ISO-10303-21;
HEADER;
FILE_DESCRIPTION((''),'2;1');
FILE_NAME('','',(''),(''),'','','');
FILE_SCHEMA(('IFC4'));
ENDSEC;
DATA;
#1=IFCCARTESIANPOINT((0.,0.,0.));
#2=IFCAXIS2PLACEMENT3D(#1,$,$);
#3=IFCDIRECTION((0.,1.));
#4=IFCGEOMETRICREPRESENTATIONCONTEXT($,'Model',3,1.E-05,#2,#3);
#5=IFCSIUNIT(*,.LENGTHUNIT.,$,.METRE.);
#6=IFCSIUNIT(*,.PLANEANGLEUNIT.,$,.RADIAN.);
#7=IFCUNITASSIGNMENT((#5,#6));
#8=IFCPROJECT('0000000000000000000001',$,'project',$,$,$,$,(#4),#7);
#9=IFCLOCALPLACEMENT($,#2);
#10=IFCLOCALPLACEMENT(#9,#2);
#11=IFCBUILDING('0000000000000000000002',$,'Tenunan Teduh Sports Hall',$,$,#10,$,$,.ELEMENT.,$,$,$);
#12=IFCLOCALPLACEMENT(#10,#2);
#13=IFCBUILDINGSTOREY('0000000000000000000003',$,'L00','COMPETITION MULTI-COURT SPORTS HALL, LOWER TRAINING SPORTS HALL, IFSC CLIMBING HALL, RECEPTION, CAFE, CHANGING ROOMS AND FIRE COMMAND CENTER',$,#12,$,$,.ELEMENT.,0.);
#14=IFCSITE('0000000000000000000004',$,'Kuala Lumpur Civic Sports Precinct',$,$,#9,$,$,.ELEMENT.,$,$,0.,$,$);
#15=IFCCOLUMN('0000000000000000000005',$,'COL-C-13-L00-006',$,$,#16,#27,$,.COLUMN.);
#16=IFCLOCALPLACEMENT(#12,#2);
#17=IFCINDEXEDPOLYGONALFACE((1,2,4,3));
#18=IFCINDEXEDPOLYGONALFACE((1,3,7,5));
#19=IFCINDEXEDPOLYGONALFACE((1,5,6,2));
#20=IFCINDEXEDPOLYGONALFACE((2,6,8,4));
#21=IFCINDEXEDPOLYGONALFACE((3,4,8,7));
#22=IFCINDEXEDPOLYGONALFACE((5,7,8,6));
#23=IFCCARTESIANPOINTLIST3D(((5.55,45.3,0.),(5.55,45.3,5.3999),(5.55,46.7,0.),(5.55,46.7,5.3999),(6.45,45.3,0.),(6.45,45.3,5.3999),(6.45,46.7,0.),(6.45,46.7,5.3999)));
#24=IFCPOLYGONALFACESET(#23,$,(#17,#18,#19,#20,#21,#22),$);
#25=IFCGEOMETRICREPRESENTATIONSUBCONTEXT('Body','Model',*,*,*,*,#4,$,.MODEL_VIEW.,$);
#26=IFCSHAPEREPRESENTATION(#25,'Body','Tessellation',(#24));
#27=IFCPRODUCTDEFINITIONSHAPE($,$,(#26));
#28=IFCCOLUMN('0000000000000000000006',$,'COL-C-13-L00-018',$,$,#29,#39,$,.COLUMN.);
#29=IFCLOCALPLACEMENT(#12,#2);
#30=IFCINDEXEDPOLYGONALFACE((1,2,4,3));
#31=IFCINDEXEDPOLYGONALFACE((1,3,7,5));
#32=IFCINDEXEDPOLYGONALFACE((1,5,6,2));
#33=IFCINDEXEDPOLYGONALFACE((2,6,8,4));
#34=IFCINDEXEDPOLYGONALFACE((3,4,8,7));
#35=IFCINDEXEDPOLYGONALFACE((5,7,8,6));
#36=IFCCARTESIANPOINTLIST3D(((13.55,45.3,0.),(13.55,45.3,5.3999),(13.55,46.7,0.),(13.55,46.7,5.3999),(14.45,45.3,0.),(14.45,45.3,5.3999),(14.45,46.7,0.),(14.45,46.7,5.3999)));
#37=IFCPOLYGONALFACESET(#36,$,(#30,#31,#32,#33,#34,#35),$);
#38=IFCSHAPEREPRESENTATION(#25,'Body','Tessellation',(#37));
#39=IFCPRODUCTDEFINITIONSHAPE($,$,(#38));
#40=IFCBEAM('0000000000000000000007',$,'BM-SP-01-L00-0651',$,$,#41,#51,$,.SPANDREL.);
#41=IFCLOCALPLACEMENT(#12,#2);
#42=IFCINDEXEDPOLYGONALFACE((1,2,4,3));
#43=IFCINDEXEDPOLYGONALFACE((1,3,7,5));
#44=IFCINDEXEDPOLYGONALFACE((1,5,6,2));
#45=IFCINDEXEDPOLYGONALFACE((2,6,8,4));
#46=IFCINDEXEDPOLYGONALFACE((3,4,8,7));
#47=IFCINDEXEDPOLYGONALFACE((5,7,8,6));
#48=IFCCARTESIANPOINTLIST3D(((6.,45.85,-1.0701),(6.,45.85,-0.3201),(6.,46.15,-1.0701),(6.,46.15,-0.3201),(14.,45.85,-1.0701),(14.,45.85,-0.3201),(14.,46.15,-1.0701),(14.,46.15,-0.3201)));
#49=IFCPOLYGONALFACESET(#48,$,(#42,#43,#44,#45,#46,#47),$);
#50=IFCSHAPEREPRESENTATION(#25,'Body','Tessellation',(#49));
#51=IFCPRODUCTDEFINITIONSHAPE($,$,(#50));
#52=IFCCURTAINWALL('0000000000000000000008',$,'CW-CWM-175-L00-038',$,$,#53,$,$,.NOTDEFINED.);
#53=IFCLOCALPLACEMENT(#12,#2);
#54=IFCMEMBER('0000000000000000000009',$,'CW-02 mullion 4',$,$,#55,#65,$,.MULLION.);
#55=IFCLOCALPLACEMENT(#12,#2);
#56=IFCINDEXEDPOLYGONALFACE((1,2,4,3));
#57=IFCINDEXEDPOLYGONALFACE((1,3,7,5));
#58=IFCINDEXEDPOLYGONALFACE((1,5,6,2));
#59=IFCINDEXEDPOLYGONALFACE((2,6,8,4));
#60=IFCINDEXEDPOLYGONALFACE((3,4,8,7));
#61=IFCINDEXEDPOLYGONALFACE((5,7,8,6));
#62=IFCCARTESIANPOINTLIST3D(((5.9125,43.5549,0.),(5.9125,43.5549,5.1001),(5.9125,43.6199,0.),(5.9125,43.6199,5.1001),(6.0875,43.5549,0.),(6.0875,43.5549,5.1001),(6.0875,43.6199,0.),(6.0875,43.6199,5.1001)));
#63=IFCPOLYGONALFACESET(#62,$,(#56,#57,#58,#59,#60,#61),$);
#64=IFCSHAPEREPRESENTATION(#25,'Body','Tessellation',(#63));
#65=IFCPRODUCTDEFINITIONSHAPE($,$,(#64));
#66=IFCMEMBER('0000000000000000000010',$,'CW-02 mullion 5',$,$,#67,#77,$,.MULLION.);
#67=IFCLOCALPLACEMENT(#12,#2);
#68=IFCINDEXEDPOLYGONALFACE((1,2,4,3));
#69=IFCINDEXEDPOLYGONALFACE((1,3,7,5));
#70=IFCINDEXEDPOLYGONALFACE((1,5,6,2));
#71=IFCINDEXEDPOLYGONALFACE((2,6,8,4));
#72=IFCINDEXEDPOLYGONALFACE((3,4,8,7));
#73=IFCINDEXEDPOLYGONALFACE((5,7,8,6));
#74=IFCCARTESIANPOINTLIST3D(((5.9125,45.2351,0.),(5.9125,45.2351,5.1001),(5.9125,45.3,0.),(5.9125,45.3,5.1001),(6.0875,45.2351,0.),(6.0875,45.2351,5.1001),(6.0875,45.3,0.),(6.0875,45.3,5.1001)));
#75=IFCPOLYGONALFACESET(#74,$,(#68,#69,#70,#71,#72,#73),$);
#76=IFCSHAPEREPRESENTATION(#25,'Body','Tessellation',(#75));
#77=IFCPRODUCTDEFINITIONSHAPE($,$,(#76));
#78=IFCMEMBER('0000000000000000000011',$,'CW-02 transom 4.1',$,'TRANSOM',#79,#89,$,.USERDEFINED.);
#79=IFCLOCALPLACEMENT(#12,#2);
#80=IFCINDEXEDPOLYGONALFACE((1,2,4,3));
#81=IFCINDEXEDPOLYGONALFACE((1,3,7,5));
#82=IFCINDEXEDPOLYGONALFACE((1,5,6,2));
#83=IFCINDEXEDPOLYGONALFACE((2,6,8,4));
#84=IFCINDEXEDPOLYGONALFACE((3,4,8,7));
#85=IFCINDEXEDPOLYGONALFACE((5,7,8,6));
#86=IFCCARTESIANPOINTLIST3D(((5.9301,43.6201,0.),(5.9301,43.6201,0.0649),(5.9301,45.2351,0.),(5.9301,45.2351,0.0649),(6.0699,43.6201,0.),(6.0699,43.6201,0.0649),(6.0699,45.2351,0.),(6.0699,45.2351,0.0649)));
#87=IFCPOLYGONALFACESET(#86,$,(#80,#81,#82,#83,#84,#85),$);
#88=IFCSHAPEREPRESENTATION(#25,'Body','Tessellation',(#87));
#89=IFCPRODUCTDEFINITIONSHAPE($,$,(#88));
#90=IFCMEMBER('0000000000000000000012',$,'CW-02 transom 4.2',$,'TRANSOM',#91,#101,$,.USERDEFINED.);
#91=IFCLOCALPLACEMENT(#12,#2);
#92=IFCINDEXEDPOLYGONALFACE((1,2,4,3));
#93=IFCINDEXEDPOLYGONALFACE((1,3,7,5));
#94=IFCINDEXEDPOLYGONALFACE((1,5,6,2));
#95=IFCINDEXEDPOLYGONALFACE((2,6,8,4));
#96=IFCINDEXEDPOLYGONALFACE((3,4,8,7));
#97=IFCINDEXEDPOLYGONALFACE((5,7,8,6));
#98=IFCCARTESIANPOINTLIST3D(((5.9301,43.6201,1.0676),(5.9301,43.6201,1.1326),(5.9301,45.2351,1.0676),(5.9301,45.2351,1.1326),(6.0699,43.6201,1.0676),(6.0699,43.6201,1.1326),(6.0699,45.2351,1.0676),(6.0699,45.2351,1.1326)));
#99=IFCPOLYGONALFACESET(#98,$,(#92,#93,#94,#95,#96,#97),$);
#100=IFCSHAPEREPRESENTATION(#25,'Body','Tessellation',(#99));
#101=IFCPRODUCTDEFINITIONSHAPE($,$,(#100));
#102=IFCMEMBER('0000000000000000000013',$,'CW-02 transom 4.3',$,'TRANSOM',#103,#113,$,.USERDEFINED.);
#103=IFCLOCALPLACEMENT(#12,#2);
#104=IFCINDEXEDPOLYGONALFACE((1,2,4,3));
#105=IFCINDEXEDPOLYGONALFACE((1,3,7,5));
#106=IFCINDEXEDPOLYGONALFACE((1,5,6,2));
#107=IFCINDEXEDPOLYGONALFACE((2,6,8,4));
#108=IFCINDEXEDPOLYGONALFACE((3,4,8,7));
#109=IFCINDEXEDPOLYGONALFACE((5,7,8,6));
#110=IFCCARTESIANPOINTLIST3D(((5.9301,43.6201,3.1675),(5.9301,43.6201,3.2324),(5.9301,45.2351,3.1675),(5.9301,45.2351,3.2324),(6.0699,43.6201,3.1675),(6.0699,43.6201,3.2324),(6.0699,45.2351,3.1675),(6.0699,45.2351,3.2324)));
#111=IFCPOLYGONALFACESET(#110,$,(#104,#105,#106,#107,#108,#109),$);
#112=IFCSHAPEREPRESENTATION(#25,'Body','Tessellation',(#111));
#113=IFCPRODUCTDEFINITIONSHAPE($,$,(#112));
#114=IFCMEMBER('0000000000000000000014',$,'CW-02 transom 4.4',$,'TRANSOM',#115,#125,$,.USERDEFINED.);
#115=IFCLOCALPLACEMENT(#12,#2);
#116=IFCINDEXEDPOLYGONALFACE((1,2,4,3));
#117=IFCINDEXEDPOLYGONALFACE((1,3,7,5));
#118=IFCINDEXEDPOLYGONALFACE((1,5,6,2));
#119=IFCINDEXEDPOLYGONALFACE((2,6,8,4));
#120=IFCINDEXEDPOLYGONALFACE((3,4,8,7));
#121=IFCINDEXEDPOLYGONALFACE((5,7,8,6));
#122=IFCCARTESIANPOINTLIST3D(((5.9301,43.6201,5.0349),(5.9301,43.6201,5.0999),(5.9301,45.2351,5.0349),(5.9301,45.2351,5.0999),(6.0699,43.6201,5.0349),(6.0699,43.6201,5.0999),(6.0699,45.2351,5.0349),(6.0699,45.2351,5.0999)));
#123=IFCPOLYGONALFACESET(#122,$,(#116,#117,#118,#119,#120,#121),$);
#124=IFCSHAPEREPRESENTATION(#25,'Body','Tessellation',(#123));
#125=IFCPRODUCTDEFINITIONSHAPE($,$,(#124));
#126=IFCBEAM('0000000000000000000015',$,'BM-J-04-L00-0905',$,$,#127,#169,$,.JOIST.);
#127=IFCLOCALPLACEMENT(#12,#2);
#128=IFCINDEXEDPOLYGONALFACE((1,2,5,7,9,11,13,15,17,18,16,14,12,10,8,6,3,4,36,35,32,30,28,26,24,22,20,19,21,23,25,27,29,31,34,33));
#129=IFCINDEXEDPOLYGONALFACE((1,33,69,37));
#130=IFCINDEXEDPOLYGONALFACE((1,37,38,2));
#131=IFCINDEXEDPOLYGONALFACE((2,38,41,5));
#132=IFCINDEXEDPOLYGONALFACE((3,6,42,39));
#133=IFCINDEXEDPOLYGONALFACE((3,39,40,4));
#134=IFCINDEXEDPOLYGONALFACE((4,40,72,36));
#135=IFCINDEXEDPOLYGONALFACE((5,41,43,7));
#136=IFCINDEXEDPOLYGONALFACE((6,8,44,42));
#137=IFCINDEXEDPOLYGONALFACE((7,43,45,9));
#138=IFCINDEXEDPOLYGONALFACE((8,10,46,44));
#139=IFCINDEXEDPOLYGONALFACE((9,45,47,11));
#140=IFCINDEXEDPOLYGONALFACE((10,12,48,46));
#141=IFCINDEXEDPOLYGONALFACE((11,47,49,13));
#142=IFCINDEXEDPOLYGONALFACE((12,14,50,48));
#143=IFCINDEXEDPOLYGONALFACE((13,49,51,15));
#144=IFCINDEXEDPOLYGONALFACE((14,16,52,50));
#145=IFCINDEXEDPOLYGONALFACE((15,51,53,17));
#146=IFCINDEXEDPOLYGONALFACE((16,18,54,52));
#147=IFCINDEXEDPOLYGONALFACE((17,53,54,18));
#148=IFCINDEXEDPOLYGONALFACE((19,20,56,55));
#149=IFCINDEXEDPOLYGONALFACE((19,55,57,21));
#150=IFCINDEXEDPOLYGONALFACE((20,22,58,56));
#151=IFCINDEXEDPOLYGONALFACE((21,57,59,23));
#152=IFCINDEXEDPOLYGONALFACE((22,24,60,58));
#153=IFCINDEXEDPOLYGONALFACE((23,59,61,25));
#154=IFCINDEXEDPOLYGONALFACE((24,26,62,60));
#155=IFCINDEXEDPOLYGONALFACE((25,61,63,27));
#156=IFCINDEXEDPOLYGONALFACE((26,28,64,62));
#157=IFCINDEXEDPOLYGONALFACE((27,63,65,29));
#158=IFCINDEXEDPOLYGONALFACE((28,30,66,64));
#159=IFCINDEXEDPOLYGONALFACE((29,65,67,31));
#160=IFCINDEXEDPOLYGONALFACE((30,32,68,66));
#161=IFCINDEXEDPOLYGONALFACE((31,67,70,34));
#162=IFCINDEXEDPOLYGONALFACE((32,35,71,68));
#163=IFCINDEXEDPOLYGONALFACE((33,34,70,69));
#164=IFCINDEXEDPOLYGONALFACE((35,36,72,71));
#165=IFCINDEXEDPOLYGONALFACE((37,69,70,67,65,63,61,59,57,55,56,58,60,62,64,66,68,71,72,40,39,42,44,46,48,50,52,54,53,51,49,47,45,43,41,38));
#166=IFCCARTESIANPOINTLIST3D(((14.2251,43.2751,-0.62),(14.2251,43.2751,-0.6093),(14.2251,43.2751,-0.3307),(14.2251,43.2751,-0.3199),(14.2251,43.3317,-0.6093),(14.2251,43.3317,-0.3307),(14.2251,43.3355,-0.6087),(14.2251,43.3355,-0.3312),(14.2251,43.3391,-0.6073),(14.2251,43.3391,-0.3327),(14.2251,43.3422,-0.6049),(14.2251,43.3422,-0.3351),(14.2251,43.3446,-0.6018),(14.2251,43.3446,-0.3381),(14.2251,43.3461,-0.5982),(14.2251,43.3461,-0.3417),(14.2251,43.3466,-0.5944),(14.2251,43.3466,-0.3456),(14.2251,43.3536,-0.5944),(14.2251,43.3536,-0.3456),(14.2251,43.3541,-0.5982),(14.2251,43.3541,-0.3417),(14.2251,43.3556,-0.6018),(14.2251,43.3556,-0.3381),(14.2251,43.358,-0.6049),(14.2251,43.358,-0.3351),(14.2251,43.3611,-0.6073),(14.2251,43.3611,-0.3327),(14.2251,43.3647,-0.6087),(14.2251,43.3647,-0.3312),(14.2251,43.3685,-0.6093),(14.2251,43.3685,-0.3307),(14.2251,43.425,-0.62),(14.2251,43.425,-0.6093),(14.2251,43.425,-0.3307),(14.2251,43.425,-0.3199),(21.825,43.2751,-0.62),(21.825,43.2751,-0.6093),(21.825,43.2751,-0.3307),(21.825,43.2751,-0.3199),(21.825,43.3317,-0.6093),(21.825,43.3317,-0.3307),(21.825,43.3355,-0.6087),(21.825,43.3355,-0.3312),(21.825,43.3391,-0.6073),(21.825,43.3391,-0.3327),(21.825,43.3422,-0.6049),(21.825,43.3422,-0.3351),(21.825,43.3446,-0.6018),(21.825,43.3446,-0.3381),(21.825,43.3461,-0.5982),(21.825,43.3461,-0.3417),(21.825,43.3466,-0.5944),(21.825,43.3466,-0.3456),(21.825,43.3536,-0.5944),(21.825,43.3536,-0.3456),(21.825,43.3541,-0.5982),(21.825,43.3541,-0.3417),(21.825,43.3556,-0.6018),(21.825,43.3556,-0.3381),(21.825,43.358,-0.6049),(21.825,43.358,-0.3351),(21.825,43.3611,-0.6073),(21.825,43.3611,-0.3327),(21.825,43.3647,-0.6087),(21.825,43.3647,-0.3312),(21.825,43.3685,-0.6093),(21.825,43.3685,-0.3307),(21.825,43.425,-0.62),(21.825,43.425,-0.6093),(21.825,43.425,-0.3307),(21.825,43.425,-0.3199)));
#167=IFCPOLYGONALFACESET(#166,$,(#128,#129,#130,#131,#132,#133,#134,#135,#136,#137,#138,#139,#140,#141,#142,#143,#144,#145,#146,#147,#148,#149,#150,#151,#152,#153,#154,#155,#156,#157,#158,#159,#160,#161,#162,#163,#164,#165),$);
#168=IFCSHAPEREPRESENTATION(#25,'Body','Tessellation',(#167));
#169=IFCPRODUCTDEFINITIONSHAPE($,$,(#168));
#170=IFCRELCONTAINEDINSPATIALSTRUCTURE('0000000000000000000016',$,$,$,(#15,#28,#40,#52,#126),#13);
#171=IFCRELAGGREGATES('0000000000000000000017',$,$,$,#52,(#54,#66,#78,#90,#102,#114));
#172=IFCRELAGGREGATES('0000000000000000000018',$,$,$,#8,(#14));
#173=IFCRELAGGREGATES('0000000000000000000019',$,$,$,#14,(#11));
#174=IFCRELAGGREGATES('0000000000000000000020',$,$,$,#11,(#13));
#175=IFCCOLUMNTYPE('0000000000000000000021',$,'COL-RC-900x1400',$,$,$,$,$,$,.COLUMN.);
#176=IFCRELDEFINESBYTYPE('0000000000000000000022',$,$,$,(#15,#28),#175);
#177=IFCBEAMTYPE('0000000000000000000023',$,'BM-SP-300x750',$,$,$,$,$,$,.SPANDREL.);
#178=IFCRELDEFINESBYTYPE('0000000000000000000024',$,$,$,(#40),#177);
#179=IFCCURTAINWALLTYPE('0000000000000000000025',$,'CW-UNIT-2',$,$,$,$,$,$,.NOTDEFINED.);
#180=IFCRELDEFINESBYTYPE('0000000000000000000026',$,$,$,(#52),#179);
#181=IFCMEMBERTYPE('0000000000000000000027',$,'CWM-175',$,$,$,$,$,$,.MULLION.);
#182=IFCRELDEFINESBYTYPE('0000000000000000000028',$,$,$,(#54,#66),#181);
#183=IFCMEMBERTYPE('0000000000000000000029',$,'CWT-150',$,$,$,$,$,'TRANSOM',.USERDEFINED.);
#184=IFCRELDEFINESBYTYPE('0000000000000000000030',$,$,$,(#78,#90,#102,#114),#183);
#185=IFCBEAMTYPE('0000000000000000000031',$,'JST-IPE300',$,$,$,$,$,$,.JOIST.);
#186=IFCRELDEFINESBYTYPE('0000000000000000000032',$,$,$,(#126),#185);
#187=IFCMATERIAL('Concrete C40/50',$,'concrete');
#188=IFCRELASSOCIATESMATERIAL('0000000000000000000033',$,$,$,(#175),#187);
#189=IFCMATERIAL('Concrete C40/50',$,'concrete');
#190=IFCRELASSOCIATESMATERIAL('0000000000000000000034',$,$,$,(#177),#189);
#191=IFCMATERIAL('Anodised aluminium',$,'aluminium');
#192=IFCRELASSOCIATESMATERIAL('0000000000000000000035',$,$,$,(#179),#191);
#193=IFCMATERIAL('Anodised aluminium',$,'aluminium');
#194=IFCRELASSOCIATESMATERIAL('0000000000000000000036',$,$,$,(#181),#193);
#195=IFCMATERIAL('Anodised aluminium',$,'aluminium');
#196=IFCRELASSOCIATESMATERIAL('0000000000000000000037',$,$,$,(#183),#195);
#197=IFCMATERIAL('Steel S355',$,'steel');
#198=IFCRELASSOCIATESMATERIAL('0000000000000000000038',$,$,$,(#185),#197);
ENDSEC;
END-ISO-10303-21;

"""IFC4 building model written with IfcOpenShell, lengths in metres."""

from ifc_helpers import new_model, si_unit, direction, frame, origin, origin_2d, place, context, subcontext, project, spatial, rectangle, i_section, extrude, material, material_profile, profile_set, type_object, element, aggregate, save


model = new_model("IFC4")

# Units and contexts
model_context = context("Model", 3, precision=1e-05, world=origin(), true_north=direction((0.0, 1.0)))
body_context = subcontext(model_context, "Body", "Model", "MODEL_VIEW")
ifc_project = project(units=[si_unit("LENGTHUNIT", "METRE"), si_unit("PLANEANGLEUNIT", "RADIAN")], contexts=[model_context])

# Site, building, storey
site_placement = place(None, origin())
site = spatial("IfcSite", under=ifc_project, at=site_placement, Name="Kuala Lumpur Civic Sports Precinct", CompositionType="ELEMENT", RefElevation=0.0)
building_placement = place(site_placement, origin())
building = spatial("IfcBuilding", under=site, at=building_placement, Name="Tenunan Teduh Sports Hall", CompositionType="ELEMENT")
storey_placement = place(building_placement, origin())
storey = spatial("IfcBuildingStorey", under=building, at=storey_placement, Name="L00", Description="COMPETITION MULTI-COURT SPORTS HALL, LOWER TRAINING SPORTS HALL, IFSC CLIMBING HALL, RECEPTION, CAFE, CHANGING ROOMS AND FIRE COMMAND CENTER", CompositionType="ELEMENT", Elevation=0.0)

# Columns
ifc_material_1 = material(Name="Concrete C40/50", Category="concrete")
ifc_material_profile_1 = material_profile(ifc_material_1, rectangle(XDim=0.8999, YDim=1.3999, at=origin_2d()), Name="RC 900x1400")
ifc_profile_set_1 = profile_set([ifc_material_profile_1], Name="Concrete C40/50")
column_type = type_object("IfcColumnType", Name="COL-RC-900x1400", PredefinedType="COLUMN", material=ifc_profile_set_1)
for number, where, z_axis, x_axis, name in (
    (1, (6.0, 46.0, 0.0), (0.0, 0.0, 1.0), (1.0, 0.0, 0.0), "COL-C-13-L00-006"),
    (2, (14.0, 46.0, 0.0), (0.0, 0.0, 1.0), (1.0, 0.0, 0.0), "COL-C-13-L00-018"),
):
    element("IfcColumn", number, at=place(storey_placement, frame(where, z_axis=z_axis, x_axis=x_axis)), inside=storey, type_object=column_type, Name=name, PredefinedType="COLUMN", context=body_context, shape_type="SweptSolid", body=[
        extrude(rectangle(XDim=0.8999, YDim=1.3999, at=origin_2d()), origin(), (0.0, 0.0, 1.0), 5.3999),
    ])

# Beam
ifc_material_2 = material(Name="Concrete C40/50", Category="concrete")
ifc_material_profile_2 = material_profile(ifc_material_2, rectangle(XDim=0.3, YDim=0.75, at=origin_2d()), Name="SPB 300x750")
ifc_profile_set_2 = profile_set([ifc_material_profile_2], Name="Concrete C40/50")
beam_type_1 = type_object("IfcBeamType", Name="BM-SP-300x750", PredefinedType="SPANDREL", material=ifc_profile_set_2)
beam_1_placement = place(storey_placement, frame((6.0, 46.0, -0.6951), z_axis=(1.0, 0.0, 0.0), x_axis=(0.0, 1.0, 0.0)))
element("IfcBeam", 3, at=beam_1_placement, inside=storey, type_object=beam_type_1, Name="BM-SP-01-L00-0651", PredefinedType="SPANDREL", context=body_context, shape_type="SweptSolid", body=[
    extrude(rectangle(XDim=0.3, YDim=0.75, at=origin_2d()), origin(), (0.0, 0.0, 1.0), 8.0),
])

# Curtain wall, members
ifc_material_3 = material(Name="Anodised aluminium", Category="aluminium")
curtain_wall_type = type_object("IfcCurtainWallType", Name="CW-UNIT-2", PredefinedType="NOTDEFINED", material=ifc_material_3)
curtain_wall_placement = place(storey_placement, origin())
curtain_wall = element("IfcCurtainWall", 4, at=curtain_wall_placement, inside=storey, type_object=curtain_wall_type, Name="CW-CWM-175-L00-038", PredefinedType="NOTDEFINED")
ifc_material_4 = material(Name="Anodised aluminium", Category="aluminium")
ifc_material_profile_3 = material_profile(ifc_material_4, rectangle(XDim=0.0649, YDim=0.175, at=origin_2d()), Name="CWM 65x175")
ifc_profile_set_3 = profile_set([ifc_material_profile_3], Name="Anodised aluminium")
member_type_1 = type_object("IfcMemberType", Name="CWM-175", PredefinedType="MULLION", material=ifc_profile_set_3)
member_1_placement = place(storey_placement, frame((6.0, 43.5874, 0.0), z_axis=(0.0, 0.0, 1.0), x_axis=(0.0, 1.0, 0.0)))
member_1 = element("IfcMember", 5, at=member_1_placement, type_object=member_type_1, Name="CW-02 mullion 4", PredefinedType="MULLION", context=body_context, shape_type="SweptSolid", body=[
    extrude(rectangle(XDim=0.0649, YDim=0.175, at=origin_2d()), origin(), (0.0, 0.0, 1.0), 5.1001),
])
member_2_placement = place(storey_placement, frame((6.0, 45.2676, 0.0), z_axis=(0.0, 0.0, 1.0), x_axis=(0.0, 1.0, 0.0)))
member_2 = element("IfcMember", 6, at=member_2_placement, type_object=member_type_1, Name="CW-02 mullion 5", PredefinedType="MULLION", context=body_context, shape_type="SweptSolid", body=[
    extrude(rectangle(XDim=0.0649, YDim=0.175, at=origin_2d()), origin(), (0.0, 0.0, 1.0), 5.1001),
])
ifc_material_5 = material(Name="Anodised aluminium", Category="aluminium")
ifc_material_profile_4 = material_profile(ifc_material_5, rectangle(XDim=0.0649, YDim=0.1399, at=origin_2d()), Name="CWT 65x140")
ifc_profile_set_4 = profile_set([ifc_material_profile_4], Name="Anodised aluminium")
member_type_2 = type_object("IfcMemberType", Name="CWT-150", ElementType="TRANSOM", PredefinedType="USERDEFINED", material=ifc_profile_set_4)
member_3_placement = place(storey_placement, frame((6.0, 43.6201, 0.0325), z_axis=(0.0, 1.0, 0.0), x_axis=(0.0, 0.0, 1.0)))
member_3 = element("IfcMember", 7, at=member_3_placement, type_object=member_type_2, Name="CW-02 transom 4.1", ObjectType="TRANSOM", PredefinedType="USERDEFINED", context=body_context, shape_type="SweptSolid", body=[
    extrude(rectangle(XDim=0.0649, YDim=0.1399, at=origin_2d()), origin(), (0.0, 0.0, 1.0), 1.615),
])
member_4_placement = place(storey_placement, frame((6.0, 43.6201, 1.1001), z_axis=(0.0, 1.0, 0.0), x_axis=(0.0, 0.0, 1.0)))
member_4 = element("IfcMember", 8, at=member_4_placement, type_object=member_type_2, Name="CW-02 transom 4.2", ObjectType="TRANSOM", PredefinedType="USERDEFINED", context=body_context, shape_type="SweptSolid", body=[
    extrude(rectangle(XDim=0.0649, YDim=0.1399, at=origin_2d()), origin(), (0.0, 0.0, 1.0), 1.615),
])
member_5_placement = place(storey_placement, frame((6.0, 43.6201, 3.2), z_axis=(0.0, 1.0, 0.0), x_axis=(0.0, 0.0, 1.0)))
member_5 = element("IfcMember", 9, at=member_5_placement, type_object=member_type_2, Name="CW-02 transom 4.3", ObjectType="TRANSOM", PredefinedType="USERDEFINED", context=body_context, shape_type="SweptSolid", body=[
    extrude(rectangle(XDim=0.0649, YDim=0.1399, at=origin_2d()), origin(), (0.0, 0.0, 1.0), 1.615),
])
member_6_placement = place(storey_placement, frame((6.0, 43.6201, 5.0674), z_axis=(0.0, 1.0, 0.0), x_axis=(0.0, 0.0, 1.0)))
member_6 = element("IfcMember", 10, at=member_6_placement, type_object=member_type_2, Name="CW-02 transom 4.4", ObjectType="TRANSOM", PredefinedType="USERDEFINED", context=body_context, shape_type="SweptSolid", body=[
    extrude(rectangle(XDim=0.0649, YDim=0.1399, at=origin_2d()), origin(), (0.0, 0.0, 1.0), 1.615),
])

# Beam
ifc_material_6 = material(Name="Steel S355", Category="steel")
ifc_material_profile_5 = material_profile(ifc_material_6, i_section(OverallWidth=0.1499, OverallDepth=0.3, WebThickness=0.0071, FlangeThickness=0.0107, FilletRadius=0.0149, at=origin_2d()), Name="IPE 300")
ifc_profile_set_5 = profile_set([ifc_material_profile_5], Name="Steel S355")
beam_type_2 = type_object("IfcBeamType", Name="JST-IPE300", PredefinedType="JOIST", material=ifc_profile_set_5)
beam_2_placement = place(storey_placement, frame((14.2251, 43.3501, -0.47), z_axis=(1.0, 0.0, 0.0), x_axis=(0.0, 1.0, 0.0)))
element("IfcBeam", 11, at=beam_2_placement, inside=storey, type_object=beam_type_2, Name="BM-J-04-L00-0905", PredefinedType="JOIST", context=body_context, shape_type="SweptSolid", body=[
    extrude(i_section(OverallWidth=0.1499, OverallDepth=0.3, WebThickness=0.0071, FlangeThickness=0.0107, FilletRadius=0.0149, at=origin_2d()), origin(), (0.0, 0.0, 1.0), 7.5999),
])

aggregate(curtain_wall, [member_1, member_2, member_3, member_4, member_5, member_6])

save(model, "model.ifc")
